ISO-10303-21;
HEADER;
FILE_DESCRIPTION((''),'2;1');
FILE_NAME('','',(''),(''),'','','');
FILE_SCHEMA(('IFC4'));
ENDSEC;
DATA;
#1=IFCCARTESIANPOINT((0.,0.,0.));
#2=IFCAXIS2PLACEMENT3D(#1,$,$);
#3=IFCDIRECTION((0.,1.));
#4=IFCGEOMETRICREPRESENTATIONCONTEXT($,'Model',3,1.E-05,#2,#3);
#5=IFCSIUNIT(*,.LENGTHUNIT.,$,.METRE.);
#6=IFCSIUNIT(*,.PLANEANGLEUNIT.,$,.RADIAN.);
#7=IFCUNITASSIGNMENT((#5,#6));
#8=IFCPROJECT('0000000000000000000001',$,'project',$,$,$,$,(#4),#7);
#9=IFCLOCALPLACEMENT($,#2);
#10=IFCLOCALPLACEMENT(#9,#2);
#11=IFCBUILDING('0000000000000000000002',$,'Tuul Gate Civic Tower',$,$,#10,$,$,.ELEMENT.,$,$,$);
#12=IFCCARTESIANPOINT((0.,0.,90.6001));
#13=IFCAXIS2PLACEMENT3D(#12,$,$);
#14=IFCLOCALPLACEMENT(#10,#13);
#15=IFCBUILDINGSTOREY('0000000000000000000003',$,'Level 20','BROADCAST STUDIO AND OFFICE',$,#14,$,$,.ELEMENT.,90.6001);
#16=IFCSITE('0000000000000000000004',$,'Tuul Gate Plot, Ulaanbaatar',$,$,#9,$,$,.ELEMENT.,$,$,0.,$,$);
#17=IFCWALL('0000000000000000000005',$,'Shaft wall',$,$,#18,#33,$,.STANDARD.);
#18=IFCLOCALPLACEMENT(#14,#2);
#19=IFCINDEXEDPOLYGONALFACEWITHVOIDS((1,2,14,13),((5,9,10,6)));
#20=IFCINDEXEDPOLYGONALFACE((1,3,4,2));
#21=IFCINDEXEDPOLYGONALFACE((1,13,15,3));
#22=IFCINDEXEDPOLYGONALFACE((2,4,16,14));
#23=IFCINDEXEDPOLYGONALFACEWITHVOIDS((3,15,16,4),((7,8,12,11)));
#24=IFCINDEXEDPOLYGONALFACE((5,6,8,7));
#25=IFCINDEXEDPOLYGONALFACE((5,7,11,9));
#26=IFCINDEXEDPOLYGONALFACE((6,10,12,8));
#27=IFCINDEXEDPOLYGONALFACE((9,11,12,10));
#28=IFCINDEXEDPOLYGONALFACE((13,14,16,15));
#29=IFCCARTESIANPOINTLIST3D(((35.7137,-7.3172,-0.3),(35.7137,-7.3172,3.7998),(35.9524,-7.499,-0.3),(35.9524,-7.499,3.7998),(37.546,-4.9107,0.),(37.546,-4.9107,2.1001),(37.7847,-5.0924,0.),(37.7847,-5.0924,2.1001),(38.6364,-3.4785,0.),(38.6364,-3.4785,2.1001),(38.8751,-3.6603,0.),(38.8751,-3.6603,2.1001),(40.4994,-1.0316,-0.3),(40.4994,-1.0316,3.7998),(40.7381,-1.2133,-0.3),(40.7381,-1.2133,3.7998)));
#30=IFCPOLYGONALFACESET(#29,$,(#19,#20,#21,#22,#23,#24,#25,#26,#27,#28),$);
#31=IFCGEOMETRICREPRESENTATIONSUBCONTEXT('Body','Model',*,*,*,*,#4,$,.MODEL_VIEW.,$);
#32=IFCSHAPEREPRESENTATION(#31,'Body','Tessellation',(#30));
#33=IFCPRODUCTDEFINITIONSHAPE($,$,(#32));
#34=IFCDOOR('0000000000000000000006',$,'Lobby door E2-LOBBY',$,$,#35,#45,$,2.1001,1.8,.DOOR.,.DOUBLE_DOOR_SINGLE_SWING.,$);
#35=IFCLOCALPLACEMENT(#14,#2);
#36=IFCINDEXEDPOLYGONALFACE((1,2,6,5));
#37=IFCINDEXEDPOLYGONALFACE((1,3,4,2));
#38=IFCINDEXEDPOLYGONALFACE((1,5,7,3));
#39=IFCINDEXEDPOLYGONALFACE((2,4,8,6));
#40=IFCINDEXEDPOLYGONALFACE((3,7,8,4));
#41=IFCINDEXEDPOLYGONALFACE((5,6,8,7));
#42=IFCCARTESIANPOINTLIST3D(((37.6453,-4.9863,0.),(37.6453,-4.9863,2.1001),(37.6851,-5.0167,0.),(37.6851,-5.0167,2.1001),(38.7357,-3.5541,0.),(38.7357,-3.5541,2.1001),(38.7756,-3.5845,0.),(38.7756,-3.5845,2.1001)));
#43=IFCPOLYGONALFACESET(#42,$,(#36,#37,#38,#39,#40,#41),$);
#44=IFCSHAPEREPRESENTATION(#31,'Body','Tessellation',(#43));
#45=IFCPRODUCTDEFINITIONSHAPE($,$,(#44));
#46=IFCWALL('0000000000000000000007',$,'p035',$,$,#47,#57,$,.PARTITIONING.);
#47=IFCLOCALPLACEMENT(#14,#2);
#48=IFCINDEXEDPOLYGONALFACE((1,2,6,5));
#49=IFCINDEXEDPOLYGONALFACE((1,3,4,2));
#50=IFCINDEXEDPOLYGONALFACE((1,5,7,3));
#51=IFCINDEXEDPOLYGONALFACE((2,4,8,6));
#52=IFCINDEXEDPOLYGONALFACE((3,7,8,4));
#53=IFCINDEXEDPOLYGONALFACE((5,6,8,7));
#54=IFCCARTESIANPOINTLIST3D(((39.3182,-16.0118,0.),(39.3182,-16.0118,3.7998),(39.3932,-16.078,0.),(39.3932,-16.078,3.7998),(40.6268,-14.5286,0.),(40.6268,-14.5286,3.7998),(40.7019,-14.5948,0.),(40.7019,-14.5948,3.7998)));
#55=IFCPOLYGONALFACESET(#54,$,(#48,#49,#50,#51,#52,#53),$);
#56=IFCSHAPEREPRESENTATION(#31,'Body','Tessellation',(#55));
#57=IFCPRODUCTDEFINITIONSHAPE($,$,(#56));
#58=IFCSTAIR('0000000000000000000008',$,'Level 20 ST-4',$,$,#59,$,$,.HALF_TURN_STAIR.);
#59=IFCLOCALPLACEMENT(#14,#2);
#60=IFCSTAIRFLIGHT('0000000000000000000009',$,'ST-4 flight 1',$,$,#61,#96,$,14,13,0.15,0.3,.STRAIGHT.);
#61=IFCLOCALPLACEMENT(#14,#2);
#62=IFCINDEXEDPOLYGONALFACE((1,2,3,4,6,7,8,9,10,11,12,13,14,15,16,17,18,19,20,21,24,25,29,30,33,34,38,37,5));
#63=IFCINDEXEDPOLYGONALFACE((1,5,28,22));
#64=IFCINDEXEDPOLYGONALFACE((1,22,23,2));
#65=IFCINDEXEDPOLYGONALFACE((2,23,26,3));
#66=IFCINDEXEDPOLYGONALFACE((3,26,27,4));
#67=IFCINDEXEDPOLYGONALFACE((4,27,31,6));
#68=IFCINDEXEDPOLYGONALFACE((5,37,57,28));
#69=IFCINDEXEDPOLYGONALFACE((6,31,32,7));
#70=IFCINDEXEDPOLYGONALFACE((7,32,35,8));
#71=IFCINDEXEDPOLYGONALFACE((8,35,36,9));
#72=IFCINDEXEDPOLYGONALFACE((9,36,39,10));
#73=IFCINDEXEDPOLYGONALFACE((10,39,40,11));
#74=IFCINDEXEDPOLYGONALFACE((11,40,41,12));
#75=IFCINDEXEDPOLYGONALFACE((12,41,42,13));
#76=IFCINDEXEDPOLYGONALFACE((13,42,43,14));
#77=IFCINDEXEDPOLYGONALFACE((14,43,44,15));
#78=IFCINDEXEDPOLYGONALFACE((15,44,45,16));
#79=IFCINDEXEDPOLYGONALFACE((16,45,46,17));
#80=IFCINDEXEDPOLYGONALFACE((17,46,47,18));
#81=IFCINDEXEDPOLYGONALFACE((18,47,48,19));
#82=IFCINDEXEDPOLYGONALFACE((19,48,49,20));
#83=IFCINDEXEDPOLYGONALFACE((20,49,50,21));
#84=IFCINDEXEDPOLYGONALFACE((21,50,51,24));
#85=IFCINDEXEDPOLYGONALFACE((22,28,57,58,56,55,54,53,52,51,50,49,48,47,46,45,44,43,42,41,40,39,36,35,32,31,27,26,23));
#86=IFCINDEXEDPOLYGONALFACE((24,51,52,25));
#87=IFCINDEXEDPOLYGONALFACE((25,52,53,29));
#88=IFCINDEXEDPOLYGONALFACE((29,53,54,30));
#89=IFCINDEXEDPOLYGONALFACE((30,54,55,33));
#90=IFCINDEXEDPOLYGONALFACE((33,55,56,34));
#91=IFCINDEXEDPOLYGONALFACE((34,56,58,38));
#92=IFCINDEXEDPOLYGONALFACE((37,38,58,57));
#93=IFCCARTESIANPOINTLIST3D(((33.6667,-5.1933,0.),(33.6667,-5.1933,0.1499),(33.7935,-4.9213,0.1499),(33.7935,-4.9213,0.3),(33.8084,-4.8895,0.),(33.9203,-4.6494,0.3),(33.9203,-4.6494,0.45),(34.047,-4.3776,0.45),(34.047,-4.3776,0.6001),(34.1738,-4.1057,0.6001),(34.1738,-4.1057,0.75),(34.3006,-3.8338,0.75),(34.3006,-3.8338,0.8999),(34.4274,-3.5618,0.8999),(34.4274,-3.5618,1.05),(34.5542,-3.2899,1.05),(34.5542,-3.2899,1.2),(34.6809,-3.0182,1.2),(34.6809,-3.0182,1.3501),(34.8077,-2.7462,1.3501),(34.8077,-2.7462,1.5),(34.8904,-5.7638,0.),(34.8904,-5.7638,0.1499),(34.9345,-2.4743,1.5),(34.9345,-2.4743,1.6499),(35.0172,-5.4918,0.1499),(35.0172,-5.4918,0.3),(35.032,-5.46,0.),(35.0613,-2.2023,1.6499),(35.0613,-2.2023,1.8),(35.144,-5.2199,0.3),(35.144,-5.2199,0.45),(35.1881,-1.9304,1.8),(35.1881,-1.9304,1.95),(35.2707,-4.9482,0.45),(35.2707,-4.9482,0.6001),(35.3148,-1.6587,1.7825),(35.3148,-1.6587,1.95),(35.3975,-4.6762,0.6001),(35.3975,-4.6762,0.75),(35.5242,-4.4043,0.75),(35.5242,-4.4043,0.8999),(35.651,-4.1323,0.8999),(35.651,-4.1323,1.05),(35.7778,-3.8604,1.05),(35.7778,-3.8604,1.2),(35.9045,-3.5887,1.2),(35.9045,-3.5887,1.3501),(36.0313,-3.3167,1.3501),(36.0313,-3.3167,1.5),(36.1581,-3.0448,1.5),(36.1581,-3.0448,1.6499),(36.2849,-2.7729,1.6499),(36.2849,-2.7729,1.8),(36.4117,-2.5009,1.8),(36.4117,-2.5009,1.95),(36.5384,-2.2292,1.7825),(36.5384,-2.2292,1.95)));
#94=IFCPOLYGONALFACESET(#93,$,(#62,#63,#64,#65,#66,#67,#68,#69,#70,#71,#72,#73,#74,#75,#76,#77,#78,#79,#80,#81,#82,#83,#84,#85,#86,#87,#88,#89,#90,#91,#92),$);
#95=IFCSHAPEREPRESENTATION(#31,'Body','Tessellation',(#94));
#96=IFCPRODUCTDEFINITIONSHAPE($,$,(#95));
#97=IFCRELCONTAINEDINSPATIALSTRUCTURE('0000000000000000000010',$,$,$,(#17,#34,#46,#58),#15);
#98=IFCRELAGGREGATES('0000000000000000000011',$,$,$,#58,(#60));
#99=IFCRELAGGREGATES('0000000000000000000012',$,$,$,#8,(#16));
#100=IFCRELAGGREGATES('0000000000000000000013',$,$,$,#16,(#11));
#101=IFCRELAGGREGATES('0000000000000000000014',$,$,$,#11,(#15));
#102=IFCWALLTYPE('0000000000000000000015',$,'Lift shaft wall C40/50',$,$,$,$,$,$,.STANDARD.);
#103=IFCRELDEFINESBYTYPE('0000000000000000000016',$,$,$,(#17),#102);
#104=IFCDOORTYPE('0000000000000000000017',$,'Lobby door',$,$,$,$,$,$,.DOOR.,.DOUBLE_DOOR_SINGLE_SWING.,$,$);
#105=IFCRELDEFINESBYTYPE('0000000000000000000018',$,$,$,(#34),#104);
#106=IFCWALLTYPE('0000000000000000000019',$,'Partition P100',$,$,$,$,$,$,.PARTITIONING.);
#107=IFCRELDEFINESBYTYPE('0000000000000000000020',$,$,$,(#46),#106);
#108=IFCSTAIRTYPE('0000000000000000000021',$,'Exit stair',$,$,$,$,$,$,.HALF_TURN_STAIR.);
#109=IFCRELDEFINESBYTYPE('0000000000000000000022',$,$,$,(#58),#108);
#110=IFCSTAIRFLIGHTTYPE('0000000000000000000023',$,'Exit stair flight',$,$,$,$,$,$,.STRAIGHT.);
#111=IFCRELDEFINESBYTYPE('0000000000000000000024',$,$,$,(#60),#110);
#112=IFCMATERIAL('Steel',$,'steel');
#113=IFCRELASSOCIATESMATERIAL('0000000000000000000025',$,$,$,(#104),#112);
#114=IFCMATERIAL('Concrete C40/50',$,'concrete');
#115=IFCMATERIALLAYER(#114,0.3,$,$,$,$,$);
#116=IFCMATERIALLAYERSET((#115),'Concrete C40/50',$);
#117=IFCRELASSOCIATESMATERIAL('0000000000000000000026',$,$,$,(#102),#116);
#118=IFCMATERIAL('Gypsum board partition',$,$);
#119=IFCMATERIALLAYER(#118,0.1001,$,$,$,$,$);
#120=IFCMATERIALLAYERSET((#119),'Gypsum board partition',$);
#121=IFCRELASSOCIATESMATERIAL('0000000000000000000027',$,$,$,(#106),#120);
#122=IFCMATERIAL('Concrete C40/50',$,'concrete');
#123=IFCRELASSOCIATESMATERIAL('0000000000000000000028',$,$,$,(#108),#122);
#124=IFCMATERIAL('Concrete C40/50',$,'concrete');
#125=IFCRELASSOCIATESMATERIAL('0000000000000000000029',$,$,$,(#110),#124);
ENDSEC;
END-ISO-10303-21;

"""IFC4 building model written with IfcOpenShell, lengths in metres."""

from ifc_helpers import new_model, si_unit, direction, frame, frame_2d, origin, place, context, subcontext, project, spatial, polyline, rectangle, outline, extrude, material, layer, layer_set, type_object, element, fill, aggregate, save


model = new_model("IFC4")

# Units and contexts
model_context = context("Model", 3, precision=1e-05, world=origin(), true_north=direction((0.0, 1.0)))
body_context = subcontext(model_context, "Body", "Model", "MODEL_VIEW")
ifc_project = project(units=[si_unit("LENGTHUNIT", "METRE"), si_unit("PLANEANGLEUNIT", "RADIAN")], contexts=[model_context])

# Site, building, storey
site_placement = place(None, origin())
site = spatial("IfcSite", under=ifc_project, at=site_placement, Name="Tuul Gate Plot, Ulaanbaatar", CompositionType="ELEMENT", RefElevation=0.0)
building_placement = place(site_placement, origin())
building = spatial("IfcBuilding", under=site, at=building_placement, Name="Tuul Gate Civic Tower", CompositionType="ELEMENT")
storey_placement = place(building_placement, frame((0.0, 0.0, 90.6001)))
storey = spatial("IfcBuildingStorey", under=building, at=storey_placement, Name="Level 20", Description="BROADCAST STUDIO AND OFFICE", CompositionType="ELEMENT", Elevation=90.6001)

# Shared definitions
ifc_material_1 = material(Name="Steel", Category="steel")
door_type_1 = type_object("IfcDoorType", Name="Lobby door", OperationType="DOUBLE_DOOR_SINGLE_SWING", PredefinedType="DOOR", material=ifc_material_1)

# Shared definitions
ifc_material_2 = material(Name="Concrete C40/50", Category="concrete")
ifc_layer_1 = layer(ifc_material_2, 0.3)
ifc_layer_set_1 = layer_set([ifc_layer_1], Name="Concrete C40/50")
wall_type_1 = type_object("IfcWallType", Name="Lift shaft wall C40/50", PredefinedType="STANDARD", material=ifc_layer_set_1)

# Wall, opening, door
wall_1_placement = place(storey_placement, frame((35.833, -7.4082, -0.3), z_axis=(0.0, 0.0, 1.0), x_axis=(0.605769, 0.79564, 0.0)))
wall_1 = element("IfcWall", 1, at=wall_1_placement, inside=storey, type_object=wall_type_1, Name="Shaft wall", PredefinedType="STANDARD", context=body_context, shape_type="SweptSolid", body=[
    extrude(rectangle(XDim=7.9001, YDim=0.3, at=frame_2d((3.9502, 0.0))), origin(), (0.0, 0.0, 1.0), 4.0999),
])
opening_1_placement = place(wall_1_placement, frame((3.0249, 0.0, 0.3)))
opening_1 = element("IfcOpeningElement", 2, at=opening_1_placement, cuts=wall_1, PredefinedType="OPENING", context=body_context, shape_type="SweptSolid", body=[
    extrude(rectangle(XDim=1.8, YDim=2.1001, at=frame_2d((0.8999, 1.05))), frame((0.0, 0.1602, 0.0), z_axis=(0.0, -1.0, 0.0), x_axis=(1.0, 0.0, 0.0)), (0.0, 0.0, 1.0), 0.3201),
])
door_1_placement = place(opening_1_placement, frame((1.8, 0.0, 0.0), z_axis=(0.0, 0.0, 1.0), x_axis=(-1.0, 0.0, 0.0)))
door_1 = element("IfcDoor", 3, at=door_1_placement, inside=storey, type_object=door_type_1, Name="Lobby door E2-LOBBY", OperationType="DOUBLE_DOOR_SINGLE_SWING", OverallHeight=2.1001, OverallWidth=1.8, PredefinedType="DOOR", context=body_context, shape_type="SweptSolid", body=[
    extrude(rectangle(XDim=1.8, YDim=2.1001, at=frame_2d((0.9001, 1.05))), frame((0.0, 0.0249, 0.0), z_axis=(0.0, -1.0, 0.0), x_axis=(1.0, 0.0, 0.0)), (0.0, 0.0, 1.0), 0.05),
])
fill(opening_1, door_1)

# Wall
ifc_material_3 = material(Name="Gypsum board partition")
ifc_layer_2 = layer(ifc_material_3, 0.1001)
ifc_layer_set_2 = layer_set([ifc_layer_2], Name="Gypsum board partition")
wall_type_2 = type_object("IfcWallType", Name="Partition P100", PredefinedType="PARTITIONING", material=ifc_layer_set_2)
wall_2_placement = place(storey_placement, frame((39.3557, -16.0449, 0.0), z_axis=(0.0, 0.0, 1.0), x_axis=(0.661601, 0.749856, 0.0)))
element("IfcWall", 4, at=wall_2_placement, inside=storey, type_object=wall_type_2, Name="p035", PredefinedType="PARTITIONING", context=body_context, shape_type="SweptSolid", body=[
    extrude(rectangle(XDim=1.978, YDim=0.1001, at=frame_2d((0.989, 0.0))), origin(), (0.0, 0.0, 1.0), 3.7998),
])

# Stair, stair flight
ifc_material_4 = material(Name="Concrete C40/50", Category="concrete")
stair_type = type_object("IfcStairType", Name="Exit stair", PredefinedType="HALF_TURN_STAIR", material=ifc_material_4)
stair_placement = place(storey_placement, origin())
stair = element("IfcStair", 5, at=stair_placement, inside=storey, type_object=stair_type, Name="Level 20 ST-4", PredefinedType="HALF_TURN_STAIR")
ifc_material_5 = material(Name="Concrete C40/50", Category="concrete")
stair_flight_type = type_object("IfcStairFlightType", Name="Exit stair flight", PredefinedType="STRAIGHT", material=ifc_material_5)
stair_flight_placement = place(storey_placement, frame((34.2786, -5.4785, 0.0), z_axis=(0.0, 0.0, 1.0), x_axis=(0.422576, 0.906327, 0.0)))
stair_flight = element("IfcStairFlight", 6, at=stair_flight_placement, type_object=stair_flight_type, Name="ST-4 flight 1", NumberOfRisers=14, NumberOfTreads=13, PredefinedType="STRAIGHT", RiserHeight=0.15, TreadLength=0.3, context=body_context, shape_type="SweptSolid", body=[
    extrude(outline(polyline([(0.0, 0.0), (0.0, 0.1499), (0.3, 0.1499), (0.3, 0.3), (0.6001, 0.3), (0.6001, 0.45), (0.8999, 0.45), (0.8999, 0.6001), (1.2, 0.6001), (1.2, 0.75), (1.5, 0.75), (1.5, 0.8999), (1.8, 0.8999), (1.8, 1.05), (2.1001, 1.05), (2.1001, 1.2), (2.3999, 1.2), (2.3999, 1.3501), (2.7, 1.3501), (2.7, 1.5), (3.0, 1.5), (3.0, 1.6499), (3.3, 1.6499), (3.3, 1.8), (3.6001, 1.8), (3.6001, 1.95), (3.8999, 1.95), (3.8999, 2.1001), (3.8999, 1.7825), (0.3352, 0.0), (0.0, 0.0)])), frame((0.0, 0.675, 0.0), z_axis=(0.0, -1.0, 0.0), x_axis=(1.0, 0.0, 0.0)), (0.0, 0.0, 1.0), 1.3501),
])
aggregate(stair, [stair_flight])

save(model, "model.ifc")
